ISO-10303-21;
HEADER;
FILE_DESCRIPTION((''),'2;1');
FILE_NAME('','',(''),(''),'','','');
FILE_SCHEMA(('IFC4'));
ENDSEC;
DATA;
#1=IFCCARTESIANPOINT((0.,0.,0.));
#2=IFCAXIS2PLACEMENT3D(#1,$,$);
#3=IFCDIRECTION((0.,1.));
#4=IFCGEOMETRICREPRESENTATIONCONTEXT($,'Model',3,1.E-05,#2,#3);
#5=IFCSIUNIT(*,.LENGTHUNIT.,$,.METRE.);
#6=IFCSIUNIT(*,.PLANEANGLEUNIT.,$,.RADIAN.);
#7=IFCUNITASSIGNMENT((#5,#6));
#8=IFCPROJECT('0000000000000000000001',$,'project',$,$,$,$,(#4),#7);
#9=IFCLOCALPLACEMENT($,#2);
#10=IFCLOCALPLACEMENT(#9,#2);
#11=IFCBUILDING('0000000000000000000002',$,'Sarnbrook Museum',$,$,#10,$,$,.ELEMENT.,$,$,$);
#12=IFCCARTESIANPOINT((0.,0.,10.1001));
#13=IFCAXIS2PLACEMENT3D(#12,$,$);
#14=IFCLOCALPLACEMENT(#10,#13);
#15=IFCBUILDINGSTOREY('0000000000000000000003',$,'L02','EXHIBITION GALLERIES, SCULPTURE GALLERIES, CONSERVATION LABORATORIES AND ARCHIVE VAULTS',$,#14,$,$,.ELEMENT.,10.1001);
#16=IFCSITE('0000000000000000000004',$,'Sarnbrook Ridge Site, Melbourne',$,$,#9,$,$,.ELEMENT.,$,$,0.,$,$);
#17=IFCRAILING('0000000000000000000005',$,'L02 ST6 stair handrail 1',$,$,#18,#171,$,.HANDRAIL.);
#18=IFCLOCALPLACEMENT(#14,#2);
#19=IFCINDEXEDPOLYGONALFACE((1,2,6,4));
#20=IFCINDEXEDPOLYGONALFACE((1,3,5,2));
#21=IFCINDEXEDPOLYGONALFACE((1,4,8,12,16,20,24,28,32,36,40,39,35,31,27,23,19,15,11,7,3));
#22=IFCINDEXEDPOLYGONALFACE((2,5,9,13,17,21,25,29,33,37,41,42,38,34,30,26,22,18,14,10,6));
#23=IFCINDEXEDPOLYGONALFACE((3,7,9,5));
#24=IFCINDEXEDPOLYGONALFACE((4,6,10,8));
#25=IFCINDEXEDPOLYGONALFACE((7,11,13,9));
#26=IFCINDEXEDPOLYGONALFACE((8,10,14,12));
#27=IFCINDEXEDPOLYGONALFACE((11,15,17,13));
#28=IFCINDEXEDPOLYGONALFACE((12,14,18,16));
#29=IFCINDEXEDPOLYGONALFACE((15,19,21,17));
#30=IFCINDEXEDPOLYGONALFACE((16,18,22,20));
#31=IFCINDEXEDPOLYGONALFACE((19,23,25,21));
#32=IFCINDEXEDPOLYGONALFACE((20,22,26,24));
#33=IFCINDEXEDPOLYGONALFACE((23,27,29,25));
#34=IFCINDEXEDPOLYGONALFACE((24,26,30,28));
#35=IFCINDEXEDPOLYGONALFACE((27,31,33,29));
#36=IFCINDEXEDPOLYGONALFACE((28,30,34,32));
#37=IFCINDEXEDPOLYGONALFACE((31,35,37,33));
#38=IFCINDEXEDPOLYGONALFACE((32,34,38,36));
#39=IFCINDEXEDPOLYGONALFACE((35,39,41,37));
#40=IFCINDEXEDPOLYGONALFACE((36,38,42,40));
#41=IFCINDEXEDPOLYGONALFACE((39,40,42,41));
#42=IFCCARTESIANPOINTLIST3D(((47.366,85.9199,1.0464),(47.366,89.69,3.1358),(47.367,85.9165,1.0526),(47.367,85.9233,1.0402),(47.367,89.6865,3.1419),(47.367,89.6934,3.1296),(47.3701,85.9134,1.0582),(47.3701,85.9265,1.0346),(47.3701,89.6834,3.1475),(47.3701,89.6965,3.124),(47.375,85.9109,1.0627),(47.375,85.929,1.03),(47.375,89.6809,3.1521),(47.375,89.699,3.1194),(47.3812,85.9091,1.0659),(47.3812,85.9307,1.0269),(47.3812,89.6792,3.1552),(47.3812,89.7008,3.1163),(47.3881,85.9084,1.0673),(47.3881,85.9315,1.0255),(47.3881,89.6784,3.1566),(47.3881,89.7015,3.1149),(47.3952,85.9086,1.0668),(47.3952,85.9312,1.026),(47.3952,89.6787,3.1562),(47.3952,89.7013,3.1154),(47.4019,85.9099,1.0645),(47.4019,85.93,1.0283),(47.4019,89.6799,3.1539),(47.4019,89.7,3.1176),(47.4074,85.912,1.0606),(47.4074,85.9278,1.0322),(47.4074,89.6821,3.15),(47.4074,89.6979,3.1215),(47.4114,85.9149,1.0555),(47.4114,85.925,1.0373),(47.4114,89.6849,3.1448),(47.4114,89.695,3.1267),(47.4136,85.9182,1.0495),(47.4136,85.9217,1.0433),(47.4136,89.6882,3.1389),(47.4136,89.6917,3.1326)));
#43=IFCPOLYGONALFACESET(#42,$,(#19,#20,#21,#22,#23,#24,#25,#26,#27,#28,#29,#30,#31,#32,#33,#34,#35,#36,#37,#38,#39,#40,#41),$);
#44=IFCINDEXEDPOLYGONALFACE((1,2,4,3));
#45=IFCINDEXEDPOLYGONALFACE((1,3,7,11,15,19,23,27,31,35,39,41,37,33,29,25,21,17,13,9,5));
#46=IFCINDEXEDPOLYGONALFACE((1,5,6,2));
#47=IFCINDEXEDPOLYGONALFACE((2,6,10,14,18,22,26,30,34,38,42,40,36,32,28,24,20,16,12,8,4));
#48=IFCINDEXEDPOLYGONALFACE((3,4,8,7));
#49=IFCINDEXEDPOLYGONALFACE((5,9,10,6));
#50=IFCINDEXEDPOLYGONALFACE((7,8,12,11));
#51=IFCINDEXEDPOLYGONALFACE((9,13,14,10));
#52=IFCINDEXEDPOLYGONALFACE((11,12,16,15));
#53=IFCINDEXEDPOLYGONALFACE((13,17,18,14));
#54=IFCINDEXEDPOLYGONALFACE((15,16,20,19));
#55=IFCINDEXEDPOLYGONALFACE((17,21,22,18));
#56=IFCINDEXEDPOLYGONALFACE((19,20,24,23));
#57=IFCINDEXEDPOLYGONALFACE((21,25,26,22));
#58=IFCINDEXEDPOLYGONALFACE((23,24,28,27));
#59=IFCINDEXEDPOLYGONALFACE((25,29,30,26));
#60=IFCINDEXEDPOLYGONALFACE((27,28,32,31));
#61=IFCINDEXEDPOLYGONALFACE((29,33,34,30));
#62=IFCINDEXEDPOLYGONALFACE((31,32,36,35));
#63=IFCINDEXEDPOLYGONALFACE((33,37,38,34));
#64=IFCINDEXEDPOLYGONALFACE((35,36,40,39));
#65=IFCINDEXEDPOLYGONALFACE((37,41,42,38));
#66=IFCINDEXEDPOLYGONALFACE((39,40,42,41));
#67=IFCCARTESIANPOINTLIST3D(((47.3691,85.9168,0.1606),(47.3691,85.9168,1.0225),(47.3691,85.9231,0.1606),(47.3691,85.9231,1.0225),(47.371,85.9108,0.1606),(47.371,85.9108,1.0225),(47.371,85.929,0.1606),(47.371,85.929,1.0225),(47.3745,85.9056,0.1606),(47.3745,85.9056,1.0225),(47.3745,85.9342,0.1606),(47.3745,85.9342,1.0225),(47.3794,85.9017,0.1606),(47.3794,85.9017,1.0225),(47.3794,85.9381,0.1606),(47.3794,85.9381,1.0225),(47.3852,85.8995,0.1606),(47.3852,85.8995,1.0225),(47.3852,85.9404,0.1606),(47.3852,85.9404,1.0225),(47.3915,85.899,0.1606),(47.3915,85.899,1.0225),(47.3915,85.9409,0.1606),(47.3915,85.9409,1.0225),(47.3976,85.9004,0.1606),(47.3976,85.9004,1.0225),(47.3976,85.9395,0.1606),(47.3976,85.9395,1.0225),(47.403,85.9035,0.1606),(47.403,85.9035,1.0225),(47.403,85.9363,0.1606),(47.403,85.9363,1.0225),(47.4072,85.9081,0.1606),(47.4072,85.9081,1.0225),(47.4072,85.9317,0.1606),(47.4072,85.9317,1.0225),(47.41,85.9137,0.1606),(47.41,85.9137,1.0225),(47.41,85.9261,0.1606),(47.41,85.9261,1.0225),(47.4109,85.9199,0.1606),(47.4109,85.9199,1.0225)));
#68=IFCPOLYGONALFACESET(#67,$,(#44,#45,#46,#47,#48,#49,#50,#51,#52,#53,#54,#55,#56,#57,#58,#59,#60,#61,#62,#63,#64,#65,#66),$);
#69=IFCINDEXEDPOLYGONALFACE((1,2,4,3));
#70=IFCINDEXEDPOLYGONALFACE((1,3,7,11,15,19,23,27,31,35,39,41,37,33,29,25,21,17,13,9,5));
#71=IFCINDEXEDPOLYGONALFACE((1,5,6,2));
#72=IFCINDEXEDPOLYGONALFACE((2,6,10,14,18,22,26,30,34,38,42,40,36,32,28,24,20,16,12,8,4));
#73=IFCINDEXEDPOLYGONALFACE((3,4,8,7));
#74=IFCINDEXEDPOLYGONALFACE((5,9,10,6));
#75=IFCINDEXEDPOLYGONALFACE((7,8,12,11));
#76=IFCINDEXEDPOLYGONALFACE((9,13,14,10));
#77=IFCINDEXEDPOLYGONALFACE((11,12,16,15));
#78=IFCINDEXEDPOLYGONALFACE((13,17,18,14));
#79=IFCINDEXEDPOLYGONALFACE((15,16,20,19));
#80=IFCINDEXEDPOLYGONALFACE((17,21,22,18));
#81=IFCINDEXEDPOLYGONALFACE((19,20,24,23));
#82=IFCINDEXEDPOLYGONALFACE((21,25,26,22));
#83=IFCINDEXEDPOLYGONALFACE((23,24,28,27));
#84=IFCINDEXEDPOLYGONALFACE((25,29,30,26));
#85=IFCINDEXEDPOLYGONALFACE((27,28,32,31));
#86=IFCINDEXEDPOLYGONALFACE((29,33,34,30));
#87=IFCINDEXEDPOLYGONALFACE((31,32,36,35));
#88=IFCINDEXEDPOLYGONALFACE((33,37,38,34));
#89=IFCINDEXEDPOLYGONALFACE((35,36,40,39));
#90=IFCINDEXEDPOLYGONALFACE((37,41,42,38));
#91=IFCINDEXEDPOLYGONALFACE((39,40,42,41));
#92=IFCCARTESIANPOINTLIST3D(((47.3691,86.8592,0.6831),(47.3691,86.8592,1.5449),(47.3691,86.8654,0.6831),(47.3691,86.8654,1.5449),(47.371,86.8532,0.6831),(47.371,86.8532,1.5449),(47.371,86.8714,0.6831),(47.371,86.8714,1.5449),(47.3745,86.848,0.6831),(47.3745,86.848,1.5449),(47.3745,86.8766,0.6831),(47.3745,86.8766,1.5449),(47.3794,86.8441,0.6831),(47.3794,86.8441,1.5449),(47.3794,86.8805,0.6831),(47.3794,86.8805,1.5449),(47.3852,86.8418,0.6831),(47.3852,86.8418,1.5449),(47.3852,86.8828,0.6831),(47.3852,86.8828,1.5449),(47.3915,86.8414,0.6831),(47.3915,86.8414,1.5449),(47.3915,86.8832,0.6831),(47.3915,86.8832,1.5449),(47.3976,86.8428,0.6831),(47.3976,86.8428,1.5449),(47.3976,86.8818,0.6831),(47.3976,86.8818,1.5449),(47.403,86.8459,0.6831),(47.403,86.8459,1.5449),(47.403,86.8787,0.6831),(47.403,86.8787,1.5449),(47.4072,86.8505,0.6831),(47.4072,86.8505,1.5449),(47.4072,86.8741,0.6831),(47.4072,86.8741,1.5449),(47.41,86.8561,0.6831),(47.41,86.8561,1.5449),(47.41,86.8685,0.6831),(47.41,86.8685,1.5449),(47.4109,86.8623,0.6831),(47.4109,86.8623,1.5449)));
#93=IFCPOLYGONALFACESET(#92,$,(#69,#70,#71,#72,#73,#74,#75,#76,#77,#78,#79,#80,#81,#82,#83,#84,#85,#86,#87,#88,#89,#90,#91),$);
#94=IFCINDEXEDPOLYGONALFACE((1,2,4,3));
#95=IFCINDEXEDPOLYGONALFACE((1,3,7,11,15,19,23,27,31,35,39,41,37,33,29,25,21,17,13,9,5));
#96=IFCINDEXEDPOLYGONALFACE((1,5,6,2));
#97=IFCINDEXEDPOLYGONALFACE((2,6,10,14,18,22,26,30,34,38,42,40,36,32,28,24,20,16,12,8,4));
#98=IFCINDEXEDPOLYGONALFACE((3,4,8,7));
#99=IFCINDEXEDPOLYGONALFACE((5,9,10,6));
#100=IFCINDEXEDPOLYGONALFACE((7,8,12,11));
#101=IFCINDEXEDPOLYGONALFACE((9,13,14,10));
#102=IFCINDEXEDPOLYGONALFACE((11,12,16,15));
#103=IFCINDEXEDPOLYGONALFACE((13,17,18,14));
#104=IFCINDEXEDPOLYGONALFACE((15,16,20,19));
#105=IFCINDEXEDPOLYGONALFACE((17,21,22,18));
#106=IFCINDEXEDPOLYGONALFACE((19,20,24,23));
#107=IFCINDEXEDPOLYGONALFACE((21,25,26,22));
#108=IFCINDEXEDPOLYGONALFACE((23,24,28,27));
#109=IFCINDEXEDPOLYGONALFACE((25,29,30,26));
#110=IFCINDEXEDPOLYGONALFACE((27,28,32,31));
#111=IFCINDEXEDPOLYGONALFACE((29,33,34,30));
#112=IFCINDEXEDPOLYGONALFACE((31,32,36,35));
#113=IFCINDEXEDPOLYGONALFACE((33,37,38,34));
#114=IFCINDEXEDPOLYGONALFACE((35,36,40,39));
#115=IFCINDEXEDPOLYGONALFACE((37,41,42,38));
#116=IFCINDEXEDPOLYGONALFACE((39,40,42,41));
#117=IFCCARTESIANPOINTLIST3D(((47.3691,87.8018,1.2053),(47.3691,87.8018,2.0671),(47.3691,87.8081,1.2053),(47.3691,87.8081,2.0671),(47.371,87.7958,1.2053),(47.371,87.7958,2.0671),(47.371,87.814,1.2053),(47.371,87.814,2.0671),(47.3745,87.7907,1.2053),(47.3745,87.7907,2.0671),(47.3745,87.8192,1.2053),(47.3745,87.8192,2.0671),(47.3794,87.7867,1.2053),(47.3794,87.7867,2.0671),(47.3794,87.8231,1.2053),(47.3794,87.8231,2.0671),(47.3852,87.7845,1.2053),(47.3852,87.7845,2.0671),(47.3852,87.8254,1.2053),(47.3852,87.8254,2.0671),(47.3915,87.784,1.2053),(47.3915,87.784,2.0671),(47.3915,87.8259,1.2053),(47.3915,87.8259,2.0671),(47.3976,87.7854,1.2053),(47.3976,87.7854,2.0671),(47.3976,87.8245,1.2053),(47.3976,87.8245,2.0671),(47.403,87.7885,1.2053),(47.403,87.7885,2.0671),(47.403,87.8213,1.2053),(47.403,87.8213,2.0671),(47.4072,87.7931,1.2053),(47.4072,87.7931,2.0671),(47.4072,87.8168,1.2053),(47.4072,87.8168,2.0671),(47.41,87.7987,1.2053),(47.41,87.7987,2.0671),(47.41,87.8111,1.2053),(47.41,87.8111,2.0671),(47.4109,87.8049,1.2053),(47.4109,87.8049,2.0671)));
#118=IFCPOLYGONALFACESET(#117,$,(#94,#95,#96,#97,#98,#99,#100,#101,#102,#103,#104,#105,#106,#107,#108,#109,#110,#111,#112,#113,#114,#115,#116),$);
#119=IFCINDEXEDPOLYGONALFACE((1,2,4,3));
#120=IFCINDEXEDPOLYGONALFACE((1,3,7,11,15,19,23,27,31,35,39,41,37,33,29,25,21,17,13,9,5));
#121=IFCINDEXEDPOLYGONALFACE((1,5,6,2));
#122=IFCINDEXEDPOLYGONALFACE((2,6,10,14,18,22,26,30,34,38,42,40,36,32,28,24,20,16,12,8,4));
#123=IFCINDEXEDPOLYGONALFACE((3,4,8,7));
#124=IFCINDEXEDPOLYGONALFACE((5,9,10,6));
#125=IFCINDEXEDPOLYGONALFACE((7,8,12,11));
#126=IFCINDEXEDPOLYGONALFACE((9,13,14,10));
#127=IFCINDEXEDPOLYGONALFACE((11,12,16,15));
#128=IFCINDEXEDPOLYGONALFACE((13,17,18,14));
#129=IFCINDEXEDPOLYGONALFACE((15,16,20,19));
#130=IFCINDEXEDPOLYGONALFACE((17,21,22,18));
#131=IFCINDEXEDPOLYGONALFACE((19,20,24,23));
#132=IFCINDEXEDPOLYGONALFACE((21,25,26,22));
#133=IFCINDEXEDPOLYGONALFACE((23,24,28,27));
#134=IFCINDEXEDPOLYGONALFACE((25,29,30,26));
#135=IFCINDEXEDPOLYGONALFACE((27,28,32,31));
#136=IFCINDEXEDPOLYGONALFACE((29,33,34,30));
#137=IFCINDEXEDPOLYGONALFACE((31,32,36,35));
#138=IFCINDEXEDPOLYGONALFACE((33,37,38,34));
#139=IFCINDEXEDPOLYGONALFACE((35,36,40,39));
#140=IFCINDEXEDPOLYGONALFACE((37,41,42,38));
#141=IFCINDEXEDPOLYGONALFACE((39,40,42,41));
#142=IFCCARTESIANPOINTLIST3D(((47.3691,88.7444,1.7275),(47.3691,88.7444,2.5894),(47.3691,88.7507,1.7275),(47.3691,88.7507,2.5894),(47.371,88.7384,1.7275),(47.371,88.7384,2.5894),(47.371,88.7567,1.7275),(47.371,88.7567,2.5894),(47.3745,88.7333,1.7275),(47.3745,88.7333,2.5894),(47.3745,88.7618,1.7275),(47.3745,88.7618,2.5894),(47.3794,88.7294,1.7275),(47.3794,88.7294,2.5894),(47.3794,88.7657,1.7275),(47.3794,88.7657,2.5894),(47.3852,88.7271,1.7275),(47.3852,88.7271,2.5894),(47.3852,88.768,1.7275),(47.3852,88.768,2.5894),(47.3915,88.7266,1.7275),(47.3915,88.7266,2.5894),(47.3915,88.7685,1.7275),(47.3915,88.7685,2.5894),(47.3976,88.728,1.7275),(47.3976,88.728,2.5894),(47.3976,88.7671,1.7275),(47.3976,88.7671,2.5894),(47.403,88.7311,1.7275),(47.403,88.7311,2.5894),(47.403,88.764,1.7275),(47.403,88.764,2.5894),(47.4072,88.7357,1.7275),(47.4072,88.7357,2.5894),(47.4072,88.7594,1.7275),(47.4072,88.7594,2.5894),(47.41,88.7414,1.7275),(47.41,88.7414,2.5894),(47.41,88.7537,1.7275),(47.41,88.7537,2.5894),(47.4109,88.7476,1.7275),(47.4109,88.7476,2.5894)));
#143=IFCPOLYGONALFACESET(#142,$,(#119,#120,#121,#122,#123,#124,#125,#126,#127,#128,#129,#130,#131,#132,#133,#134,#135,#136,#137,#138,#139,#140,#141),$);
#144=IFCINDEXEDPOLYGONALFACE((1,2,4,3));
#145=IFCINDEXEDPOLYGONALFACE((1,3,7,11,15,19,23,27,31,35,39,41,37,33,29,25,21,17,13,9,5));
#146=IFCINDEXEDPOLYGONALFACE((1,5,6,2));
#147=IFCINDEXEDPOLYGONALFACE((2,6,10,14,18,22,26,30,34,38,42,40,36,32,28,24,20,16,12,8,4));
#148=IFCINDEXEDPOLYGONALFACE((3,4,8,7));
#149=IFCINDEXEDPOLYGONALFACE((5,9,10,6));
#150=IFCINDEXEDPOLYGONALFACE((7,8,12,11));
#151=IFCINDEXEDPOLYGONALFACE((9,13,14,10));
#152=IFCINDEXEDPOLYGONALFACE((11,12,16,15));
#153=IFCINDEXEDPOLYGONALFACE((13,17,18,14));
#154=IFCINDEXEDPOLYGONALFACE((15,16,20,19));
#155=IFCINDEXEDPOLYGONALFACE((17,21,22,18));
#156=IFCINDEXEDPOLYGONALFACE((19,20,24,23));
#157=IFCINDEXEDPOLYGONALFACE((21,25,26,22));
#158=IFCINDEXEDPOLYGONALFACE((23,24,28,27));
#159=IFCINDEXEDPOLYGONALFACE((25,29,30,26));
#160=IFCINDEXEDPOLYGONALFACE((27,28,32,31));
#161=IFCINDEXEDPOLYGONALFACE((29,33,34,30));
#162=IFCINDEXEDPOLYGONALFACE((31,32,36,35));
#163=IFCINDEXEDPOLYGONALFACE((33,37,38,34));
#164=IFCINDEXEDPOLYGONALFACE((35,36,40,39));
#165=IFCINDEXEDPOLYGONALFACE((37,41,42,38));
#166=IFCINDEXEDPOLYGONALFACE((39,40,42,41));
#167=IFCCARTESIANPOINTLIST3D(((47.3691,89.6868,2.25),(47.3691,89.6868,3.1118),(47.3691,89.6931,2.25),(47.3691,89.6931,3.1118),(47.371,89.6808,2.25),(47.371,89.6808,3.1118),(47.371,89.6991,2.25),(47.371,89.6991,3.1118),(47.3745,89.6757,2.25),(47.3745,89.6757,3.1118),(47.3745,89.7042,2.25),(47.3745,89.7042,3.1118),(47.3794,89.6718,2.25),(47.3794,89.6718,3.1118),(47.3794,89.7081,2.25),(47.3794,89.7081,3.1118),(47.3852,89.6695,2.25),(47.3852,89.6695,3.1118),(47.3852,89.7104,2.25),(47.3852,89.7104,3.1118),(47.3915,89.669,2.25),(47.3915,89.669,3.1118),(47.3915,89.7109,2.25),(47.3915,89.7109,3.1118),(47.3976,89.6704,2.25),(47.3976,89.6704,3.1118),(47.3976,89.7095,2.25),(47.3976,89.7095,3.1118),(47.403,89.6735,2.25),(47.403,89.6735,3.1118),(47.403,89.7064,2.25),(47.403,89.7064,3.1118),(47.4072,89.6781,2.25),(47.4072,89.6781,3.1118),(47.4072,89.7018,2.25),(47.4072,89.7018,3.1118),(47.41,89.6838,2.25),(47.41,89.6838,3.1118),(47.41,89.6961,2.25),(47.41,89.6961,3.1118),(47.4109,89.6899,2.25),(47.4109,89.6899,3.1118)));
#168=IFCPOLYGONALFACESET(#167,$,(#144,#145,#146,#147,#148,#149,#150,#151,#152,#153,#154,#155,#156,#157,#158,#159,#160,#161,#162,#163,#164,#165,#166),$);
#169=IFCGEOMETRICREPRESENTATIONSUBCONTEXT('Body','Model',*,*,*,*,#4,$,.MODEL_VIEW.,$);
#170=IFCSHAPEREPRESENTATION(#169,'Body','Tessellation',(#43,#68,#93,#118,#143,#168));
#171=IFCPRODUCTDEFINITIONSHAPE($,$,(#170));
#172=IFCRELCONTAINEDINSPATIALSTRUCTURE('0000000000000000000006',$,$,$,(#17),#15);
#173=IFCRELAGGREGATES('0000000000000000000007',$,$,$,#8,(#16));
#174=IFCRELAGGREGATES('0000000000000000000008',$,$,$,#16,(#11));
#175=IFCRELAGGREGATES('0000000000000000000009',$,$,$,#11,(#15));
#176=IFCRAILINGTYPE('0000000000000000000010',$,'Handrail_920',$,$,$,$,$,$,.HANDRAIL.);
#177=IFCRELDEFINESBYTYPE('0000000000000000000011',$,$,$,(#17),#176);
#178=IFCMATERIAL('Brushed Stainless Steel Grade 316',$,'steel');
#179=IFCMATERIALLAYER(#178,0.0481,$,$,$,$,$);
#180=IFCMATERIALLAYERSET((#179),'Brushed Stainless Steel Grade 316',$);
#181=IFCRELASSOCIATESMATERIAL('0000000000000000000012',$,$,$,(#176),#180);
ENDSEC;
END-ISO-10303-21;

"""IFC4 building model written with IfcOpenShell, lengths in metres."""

from ifc_helpers import new_model, si_unit, direction, frame, origin, origin_2d, place, context, subcontext, project, spatial, circle, extrude, material, layer, layer_set, type_object, element, save


model = new_model("IFC4")

# Units and contexts
model_context = context("Model", 3, precision=1e-05, world=origin(), true_north=direction((0.0, 1.0)))
body_context = subcontext(model_context, "Body", "Model", "MODEL_VIEW")
ifc_project = project(units=[si_unit("LENGTHUNIT", "METRE"), si_unit("PLANEANGLEUNIT", "RADIAN")], contexts=[model_context])

# Site, building, storey
site_placement = place(None, origin())
site = spatial("IfcSite", under=ifc_project, at=site_placement, Name="Sarnbrook Ridge Site, Melbourne", CompositionType="ELEMENT", RefElevation=0.0)
building_placement = place(site_placement, origin())
building = spatial("IfcBuilding", under=site, at=building_placement, Name="Sarnbrook Museum", CompositionType="ELEMENT")
storey_placement = place(building_placement, frame((0.0, 0.0, 10.1001)))
storey = spatial("IfcBuildingStorey", under=building, at=storey_placement, Name="L02", Description="EXHIBITION GALLERIES, SCULPTURE GALLERIES, CONSERVATION LABORATORIES AND ARCHIVE VAULTS", CompositionType="ELEMENT", Elevation=10.1001)

# Railing
ifc_material_1 = material(Name="Brushed Stainless Steel Grade 316", Category="steel")
ifc_layer_1 = layer(ifc_material_1, 0.0481)
ifc_layer_set_1 = layer_set([ifc_layer_1], Name="Brushed Stainless Steel Grade 316")
railing_type_1 = type_object("IfcRailingType", Name="Handrail_920", PredefinedType="HANDRAIL", material=ifc_layer_set_1)
railing_1_placement = place(storey_placement, frame((47.3899, 85.9199, 0.1606)))
element("IfcRailing", 1, at=railing_1_placement, inside=storey, type_object=railing_type_1, Name="L02 ST6 stair handrail 1", PredefinedType="HANDRAIL", context=body_context, shape_type="SweptSolid", body=[
    extrude(circle(Radius=0.0239, at=origin_2d()), frame((0.0, 0.0, 0.8857), z_axis=(0.0, 0.874659, 0.484739), x_axis=(-1.0, 0.0, 0.0)), (0.0, 0.0, 1.0), 4.3103),
    extrude(circle(Radius=0.021, at=origin_2d()), origin(), (0.0, 0.0, 1.0), 0.8618),
    extrude(circle(Radius=0.021, at=origin_2d()), frame((0.0, 0.9424, 0.5225)), (0.0, 0.0, 1.0), 0.8618),
    extrude(circle(Radius=0.021, at=origin_2d()), frame((0.0, 1.885, 1.0447)), (0.0, 0.0, 1.0), 0.8618),
    extrude(circle(Radius=0.021, at=origin_2d()), frame((0.0, 2.8276, 1.5669)), (0.0, 0.0, 1.0), 0.8618),
    extrude(circle(Radius=0.021, at=origin_2d()), frame((0.0, 3.77, 2.0894)), (0.0, 0.0, 1.0), 0.8618),
])

save(model, "model.ifc")
